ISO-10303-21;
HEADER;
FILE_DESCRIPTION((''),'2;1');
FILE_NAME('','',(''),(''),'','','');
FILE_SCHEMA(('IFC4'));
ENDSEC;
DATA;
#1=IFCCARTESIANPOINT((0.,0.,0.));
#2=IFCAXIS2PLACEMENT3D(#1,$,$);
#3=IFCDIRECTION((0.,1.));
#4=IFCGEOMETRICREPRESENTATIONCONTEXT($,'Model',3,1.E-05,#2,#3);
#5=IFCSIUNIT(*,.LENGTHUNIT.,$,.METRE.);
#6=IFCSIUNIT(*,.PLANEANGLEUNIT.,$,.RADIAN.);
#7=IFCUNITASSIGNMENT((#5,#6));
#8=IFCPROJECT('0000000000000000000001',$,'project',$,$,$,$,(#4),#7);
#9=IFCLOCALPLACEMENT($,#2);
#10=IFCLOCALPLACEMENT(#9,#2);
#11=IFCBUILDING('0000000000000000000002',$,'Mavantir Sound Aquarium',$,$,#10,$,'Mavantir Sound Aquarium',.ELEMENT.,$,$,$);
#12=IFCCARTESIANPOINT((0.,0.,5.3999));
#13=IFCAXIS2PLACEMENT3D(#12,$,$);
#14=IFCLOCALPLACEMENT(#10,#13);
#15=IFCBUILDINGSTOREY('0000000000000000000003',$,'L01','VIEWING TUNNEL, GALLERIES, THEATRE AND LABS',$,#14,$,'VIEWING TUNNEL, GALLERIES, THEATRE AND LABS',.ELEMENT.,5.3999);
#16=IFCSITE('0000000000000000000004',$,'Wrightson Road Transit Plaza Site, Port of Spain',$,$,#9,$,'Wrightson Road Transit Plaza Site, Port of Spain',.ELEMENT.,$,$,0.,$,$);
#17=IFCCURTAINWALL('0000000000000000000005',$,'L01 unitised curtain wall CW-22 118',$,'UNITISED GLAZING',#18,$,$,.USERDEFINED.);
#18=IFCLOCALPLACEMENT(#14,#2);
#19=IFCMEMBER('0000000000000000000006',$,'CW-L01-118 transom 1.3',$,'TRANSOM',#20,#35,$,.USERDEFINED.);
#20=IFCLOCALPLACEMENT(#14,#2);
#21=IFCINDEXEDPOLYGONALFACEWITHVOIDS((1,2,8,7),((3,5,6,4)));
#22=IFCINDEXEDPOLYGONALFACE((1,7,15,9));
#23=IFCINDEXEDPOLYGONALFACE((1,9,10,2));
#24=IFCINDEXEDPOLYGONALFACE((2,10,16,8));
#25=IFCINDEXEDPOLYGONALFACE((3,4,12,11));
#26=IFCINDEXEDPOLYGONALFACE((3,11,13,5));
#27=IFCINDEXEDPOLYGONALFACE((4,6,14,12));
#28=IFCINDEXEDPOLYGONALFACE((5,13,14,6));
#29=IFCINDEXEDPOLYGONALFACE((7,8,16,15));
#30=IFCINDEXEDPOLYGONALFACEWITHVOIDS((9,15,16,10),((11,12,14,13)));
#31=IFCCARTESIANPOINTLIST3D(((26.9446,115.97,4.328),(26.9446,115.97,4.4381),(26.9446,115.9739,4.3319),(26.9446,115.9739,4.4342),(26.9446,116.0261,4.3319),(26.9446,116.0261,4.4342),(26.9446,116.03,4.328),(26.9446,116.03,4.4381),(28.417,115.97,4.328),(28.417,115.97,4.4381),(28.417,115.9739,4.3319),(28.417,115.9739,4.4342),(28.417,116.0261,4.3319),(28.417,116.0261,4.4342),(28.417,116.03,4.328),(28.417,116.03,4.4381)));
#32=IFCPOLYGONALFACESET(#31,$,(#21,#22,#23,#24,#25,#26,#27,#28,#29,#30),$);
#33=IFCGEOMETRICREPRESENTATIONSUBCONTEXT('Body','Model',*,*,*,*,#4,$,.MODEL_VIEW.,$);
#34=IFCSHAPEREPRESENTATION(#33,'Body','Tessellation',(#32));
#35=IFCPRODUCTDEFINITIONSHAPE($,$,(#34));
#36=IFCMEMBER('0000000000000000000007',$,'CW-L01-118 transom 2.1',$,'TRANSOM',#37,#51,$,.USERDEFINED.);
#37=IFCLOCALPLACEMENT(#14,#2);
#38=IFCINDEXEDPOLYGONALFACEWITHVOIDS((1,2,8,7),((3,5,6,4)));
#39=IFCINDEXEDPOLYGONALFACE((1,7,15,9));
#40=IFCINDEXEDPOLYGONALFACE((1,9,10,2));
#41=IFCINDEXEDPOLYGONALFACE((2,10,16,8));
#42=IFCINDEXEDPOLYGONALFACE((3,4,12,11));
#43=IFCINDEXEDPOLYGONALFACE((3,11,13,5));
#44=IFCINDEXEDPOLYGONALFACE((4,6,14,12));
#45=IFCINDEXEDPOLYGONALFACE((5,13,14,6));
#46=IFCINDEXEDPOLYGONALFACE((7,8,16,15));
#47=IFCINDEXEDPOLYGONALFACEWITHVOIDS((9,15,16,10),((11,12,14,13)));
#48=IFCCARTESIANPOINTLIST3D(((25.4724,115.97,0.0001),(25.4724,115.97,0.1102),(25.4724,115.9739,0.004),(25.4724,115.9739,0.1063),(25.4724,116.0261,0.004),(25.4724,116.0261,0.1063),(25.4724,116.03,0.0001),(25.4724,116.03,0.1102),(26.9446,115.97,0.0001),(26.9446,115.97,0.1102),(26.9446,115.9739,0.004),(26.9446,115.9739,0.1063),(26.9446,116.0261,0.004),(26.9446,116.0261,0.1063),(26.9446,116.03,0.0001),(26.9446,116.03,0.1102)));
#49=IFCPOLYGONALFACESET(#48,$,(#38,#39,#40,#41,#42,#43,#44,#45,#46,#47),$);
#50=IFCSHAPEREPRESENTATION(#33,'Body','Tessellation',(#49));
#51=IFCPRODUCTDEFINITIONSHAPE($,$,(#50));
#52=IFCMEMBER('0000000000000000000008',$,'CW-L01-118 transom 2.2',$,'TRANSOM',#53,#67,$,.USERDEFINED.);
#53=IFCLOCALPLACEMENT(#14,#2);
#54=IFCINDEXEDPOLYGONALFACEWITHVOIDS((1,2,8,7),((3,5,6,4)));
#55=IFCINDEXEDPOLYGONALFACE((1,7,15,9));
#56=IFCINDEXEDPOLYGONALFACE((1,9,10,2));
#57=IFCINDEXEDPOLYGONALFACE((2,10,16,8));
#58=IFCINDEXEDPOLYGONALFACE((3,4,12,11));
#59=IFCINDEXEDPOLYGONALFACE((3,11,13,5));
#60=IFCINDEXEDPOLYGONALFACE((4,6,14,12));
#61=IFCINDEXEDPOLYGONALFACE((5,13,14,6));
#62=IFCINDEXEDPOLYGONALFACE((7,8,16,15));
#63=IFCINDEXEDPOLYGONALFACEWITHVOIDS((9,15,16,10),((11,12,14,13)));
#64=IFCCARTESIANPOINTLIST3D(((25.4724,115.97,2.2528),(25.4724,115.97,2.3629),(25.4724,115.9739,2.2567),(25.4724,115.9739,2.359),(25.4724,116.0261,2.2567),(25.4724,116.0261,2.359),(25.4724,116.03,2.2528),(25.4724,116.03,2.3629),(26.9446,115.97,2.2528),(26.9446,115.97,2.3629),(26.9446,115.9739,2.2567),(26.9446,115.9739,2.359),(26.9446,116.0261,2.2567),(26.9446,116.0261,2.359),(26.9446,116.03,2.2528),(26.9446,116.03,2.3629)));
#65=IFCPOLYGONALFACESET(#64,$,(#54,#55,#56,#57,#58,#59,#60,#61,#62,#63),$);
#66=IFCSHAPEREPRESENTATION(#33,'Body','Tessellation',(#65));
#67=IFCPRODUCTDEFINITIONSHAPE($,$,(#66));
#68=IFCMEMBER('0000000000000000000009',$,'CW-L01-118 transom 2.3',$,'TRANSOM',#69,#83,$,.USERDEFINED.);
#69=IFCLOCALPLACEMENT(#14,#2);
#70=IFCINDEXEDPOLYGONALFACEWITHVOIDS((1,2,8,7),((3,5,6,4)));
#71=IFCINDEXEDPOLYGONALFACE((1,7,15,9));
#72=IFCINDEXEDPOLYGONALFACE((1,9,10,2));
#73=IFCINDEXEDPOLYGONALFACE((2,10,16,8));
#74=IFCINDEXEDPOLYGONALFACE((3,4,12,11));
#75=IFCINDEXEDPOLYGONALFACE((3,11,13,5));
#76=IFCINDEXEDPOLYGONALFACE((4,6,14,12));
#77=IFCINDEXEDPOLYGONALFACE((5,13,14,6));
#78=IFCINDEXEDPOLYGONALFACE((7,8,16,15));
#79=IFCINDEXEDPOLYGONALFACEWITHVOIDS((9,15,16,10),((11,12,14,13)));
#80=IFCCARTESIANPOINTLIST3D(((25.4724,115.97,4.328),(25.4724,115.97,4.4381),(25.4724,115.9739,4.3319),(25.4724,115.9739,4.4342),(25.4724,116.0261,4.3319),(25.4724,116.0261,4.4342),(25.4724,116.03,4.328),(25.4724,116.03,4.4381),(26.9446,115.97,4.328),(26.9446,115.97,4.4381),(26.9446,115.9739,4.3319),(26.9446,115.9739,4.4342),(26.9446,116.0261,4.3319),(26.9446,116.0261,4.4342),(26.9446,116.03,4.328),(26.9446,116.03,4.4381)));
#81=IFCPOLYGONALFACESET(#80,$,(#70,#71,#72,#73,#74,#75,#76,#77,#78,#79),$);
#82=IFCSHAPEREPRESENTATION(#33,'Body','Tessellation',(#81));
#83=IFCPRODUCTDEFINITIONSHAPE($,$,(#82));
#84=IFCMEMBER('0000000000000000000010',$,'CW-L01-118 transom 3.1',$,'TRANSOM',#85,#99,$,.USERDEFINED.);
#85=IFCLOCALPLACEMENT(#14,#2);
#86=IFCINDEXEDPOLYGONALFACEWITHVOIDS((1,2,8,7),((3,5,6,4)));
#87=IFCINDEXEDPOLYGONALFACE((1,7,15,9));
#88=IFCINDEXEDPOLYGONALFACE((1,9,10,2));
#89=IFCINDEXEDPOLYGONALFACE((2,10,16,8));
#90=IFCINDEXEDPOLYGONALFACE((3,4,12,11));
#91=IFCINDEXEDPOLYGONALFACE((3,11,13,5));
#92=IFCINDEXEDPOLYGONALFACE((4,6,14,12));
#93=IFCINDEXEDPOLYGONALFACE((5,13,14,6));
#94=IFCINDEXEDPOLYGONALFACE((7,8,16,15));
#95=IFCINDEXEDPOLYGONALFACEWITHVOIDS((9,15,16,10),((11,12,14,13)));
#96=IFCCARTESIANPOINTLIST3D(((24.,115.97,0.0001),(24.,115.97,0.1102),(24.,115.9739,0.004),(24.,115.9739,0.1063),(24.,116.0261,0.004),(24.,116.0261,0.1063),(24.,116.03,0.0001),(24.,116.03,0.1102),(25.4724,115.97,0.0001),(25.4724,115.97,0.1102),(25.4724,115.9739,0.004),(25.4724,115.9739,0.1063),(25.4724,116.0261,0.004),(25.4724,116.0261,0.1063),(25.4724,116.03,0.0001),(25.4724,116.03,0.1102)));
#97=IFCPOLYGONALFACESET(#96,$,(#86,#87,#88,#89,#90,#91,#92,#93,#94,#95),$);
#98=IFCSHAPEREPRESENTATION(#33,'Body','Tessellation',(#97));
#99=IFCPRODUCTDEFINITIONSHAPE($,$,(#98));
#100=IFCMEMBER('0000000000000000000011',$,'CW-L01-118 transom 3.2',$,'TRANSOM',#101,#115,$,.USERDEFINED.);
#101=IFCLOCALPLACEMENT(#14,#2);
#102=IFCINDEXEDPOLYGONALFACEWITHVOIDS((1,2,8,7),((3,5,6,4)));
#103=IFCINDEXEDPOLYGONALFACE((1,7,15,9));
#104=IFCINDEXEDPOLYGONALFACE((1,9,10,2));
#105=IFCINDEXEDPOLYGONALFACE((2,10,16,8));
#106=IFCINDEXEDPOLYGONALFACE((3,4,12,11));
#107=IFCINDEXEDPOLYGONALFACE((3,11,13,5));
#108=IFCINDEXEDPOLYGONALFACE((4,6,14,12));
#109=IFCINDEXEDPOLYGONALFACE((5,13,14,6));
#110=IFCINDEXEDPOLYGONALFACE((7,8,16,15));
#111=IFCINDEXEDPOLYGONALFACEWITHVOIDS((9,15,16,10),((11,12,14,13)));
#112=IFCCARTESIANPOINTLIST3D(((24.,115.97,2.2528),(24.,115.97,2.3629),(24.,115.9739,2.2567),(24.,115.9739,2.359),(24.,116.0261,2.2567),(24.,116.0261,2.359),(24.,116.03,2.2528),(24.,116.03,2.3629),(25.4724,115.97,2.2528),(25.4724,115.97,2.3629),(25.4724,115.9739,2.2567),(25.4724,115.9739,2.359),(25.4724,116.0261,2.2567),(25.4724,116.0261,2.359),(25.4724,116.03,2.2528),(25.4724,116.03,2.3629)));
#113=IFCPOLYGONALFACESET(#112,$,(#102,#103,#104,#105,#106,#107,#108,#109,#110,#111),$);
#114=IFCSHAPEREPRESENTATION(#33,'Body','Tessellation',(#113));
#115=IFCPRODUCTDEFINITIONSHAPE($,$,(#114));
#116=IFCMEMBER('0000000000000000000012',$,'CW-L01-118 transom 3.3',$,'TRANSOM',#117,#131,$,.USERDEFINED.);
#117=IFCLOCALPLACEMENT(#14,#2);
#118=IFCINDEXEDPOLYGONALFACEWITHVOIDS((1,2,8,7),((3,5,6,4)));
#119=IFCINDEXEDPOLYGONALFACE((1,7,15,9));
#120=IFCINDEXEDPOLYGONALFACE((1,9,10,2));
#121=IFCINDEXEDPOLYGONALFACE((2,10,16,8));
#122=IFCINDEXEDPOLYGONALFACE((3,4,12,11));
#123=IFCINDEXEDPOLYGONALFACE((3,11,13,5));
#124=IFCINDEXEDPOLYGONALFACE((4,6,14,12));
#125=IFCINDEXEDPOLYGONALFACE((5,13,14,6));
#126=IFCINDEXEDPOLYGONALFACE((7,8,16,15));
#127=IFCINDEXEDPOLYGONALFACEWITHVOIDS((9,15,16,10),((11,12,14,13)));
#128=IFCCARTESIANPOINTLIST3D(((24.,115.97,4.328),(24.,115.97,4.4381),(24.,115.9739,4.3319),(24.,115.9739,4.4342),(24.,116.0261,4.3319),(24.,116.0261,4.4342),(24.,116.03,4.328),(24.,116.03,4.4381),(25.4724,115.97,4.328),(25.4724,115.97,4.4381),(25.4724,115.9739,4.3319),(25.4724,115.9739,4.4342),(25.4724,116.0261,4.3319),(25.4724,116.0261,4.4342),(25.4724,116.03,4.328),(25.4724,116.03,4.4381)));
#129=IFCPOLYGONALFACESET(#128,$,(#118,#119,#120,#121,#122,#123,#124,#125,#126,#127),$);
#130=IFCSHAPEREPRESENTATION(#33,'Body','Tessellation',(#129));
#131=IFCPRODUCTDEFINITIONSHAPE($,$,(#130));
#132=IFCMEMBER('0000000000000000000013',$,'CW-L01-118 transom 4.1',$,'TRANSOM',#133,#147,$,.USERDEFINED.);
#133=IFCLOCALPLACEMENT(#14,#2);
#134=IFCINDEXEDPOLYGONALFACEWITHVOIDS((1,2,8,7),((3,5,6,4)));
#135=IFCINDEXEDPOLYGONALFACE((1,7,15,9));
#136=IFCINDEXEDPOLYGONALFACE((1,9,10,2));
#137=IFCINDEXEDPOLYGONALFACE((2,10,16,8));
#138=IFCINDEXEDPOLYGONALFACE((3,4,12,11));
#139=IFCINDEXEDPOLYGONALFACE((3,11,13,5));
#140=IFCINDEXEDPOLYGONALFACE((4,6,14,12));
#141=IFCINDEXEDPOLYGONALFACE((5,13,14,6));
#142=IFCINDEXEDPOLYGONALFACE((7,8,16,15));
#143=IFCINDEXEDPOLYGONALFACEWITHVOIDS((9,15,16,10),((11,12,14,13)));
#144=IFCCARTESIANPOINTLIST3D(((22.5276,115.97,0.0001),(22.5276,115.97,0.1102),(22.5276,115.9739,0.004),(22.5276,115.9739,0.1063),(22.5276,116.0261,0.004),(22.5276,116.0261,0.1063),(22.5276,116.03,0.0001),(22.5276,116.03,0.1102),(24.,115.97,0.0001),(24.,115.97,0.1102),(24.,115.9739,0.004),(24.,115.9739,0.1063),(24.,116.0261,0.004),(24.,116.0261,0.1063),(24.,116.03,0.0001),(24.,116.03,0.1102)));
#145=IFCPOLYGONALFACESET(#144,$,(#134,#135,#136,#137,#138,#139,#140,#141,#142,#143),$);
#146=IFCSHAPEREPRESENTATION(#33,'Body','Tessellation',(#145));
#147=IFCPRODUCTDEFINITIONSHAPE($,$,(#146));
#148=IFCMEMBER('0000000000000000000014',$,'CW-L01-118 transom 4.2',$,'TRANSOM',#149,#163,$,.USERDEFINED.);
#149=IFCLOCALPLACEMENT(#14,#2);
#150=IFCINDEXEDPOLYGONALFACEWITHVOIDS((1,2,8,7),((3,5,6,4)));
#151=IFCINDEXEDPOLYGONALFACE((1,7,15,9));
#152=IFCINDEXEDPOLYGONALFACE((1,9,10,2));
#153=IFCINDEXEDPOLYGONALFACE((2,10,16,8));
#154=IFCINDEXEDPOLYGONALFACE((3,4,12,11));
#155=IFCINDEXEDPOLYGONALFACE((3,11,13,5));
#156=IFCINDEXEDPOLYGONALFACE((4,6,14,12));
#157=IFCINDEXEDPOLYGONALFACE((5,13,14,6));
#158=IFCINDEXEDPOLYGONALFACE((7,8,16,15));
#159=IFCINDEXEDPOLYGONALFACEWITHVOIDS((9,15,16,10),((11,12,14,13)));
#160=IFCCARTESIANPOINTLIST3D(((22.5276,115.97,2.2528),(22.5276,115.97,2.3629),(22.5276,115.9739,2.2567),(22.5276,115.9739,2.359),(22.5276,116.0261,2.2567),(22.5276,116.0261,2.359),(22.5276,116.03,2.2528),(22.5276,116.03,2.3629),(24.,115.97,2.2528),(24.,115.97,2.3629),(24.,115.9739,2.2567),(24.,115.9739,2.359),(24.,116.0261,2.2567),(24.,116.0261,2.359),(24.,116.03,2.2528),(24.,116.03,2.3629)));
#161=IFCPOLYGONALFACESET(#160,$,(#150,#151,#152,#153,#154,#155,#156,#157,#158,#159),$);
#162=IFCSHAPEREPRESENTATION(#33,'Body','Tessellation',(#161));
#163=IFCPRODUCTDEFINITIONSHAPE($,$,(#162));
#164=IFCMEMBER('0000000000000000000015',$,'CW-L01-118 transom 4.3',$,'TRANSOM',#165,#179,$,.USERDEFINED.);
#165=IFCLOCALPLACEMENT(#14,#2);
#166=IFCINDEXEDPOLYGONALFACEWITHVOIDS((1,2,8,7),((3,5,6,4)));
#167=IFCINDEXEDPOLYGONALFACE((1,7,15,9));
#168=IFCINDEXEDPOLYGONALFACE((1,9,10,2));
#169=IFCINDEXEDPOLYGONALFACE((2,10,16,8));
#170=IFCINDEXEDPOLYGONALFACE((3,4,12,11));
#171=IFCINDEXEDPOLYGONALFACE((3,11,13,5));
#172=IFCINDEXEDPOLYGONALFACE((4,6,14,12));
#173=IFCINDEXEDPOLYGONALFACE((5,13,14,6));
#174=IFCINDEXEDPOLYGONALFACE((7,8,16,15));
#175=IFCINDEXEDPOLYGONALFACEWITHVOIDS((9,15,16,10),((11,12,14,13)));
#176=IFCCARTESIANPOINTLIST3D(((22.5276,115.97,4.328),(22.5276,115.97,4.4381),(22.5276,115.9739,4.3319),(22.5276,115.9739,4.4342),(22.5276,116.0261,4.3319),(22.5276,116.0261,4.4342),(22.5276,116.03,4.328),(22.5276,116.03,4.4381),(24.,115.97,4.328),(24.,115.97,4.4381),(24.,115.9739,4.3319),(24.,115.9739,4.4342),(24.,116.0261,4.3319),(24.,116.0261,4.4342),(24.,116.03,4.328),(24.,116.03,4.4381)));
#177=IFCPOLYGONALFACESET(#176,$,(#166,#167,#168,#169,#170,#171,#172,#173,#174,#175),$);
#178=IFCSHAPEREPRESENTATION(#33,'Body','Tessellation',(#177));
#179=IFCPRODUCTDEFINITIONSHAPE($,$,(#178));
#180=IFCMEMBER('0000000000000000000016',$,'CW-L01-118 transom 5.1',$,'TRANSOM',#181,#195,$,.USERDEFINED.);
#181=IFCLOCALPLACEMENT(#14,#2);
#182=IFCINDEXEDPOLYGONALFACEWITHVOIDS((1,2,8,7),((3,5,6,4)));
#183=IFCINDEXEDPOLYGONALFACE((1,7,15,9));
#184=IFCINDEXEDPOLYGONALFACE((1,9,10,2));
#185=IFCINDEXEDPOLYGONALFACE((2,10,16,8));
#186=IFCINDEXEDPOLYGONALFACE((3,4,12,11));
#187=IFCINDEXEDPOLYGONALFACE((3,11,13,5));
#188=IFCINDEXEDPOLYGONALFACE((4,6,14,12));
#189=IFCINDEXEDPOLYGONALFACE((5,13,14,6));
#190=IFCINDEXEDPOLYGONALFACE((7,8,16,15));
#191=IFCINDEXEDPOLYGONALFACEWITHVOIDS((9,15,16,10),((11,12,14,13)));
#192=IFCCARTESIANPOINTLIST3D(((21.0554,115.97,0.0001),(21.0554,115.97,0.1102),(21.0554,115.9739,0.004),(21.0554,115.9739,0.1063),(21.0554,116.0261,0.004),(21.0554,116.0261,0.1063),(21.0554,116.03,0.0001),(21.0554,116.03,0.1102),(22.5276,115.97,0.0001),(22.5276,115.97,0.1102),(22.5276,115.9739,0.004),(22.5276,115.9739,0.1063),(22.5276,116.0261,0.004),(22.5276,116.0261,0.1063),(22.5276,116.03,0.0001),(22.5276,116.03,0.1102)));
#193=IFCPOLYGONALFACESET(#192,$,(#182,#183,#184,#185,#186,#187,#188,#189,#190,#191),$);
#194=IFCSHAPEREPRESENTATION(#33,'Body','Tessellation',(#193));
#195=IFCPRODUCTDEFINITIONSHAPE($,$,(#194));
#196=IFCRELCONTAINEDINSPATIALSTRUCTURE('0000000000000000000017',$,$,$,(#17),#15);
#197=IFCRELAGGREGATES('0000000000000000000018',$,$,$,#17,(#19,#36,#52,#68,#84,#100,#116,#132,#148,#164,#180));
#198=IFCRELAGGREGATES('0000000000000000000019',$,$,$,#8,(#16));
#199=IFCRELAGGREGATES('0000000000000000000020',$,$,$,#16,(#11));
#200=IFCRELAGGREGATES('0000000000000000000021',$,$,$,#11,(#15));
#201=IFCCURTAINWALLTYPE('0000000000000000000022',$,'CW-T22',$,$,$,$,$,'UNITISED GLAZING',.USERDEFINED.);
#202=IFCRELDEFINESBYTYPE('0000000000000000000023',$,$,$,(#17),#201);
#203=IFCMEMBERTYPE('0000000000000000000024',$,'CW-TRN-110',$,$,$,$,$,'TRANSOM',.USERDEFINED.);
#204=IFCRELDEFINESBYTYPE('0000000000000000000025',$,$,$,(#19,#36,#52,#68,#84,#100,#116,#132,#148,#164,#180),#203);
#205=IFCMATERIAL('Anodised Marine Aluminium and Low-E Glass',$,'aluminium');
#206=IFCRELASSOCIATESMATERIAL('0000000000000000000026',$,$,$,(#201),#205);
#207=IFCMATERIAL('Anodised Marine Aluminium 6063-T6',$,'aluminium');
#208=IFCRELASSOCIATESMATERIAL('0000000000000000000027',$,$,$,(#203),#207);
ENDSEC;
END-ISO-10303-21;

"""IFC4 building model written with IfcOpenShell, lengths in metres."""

from ifc_helpers import new_model, si_unit, direction, frame, origin, origin_2d, place, context, subcontext, project, spatial, hollow_rectangle, extrude, material, material_profile, profile_set, type_object, element, aggregate, save


model = new_model("IFC4")

# Units and contexts
model_context = context("Model", 3, precision=1e-05, world=origin(), true_north=direction((0.0, 1.0)))
body_context = subcontext(model_context, "Body", "Model", "MODEL_VIEW")
ifc_project = project(units=[si_unit("LENGTHUNIT", "METRE"), si_unit("PLANEANGLEUNIT", "RADIAN")], contexts=[model_context])

# Site, building, storey
site_placement = place(None, origin())
site = spatial("IfcSite", under=ifc_project, at=site_placement, Name="Wrightson Road Transit Plaza Site, Port of Spain", LongName="Wrightson Road Transit Plaza Site, Port of Spain", CompositionType="ELEMENT", RefElevation=0.0)
building_placement = place(site_placement, origin())
building = spatial("IfcBuilding", under=site, at=building_placement, Name="Mavantir Sound Aquarium", LongName="Mavantir Sound Aquarium", CompositionType="ELEMENT")
storey_placement = place(building_placement, frame((0.0, 0.0, 5.3999)))
storey = spatial("IfcBuildingStorey", under=building, at=storey_placement, Name="L01", Description="VIEWING TUNNEL, GALLERIES, THEATRE AND LABS", LongName="VIEWING TUNNEL, GALLERIES, THEATRE AND LABS", CompositionType="ELEMENT", Elevation=5.3999)

# Curtain wall, members
ifc_material_1 = material(Name="Anodised Marine Aluminium and Low-E Glass", Category="aluminium")
curtain_wall_type = type_object("IfcCurtainWallType", Name="CW-T22", ElementType="UNITISED GLAZING", PredefinedType="USERDEFINED", material=ifc_material_1)
curtain_wall_placement = place(storey_placement, origin())
curtain_wall = element("IfcCurtainWall", 1, at=curtain_wall_placement, inside=storey, type_object=curtain_wall_type, Name="L01 unitised curtain wall CW-22 118", ObjectType="UNITISED GLAZING", PredefinedType="USERDEFINED")
ifc_material_2 = material(Name="Anodised Marine Aluminium 6063-T6", Category="aluminium")
ifc_material_profile_1 = material_profile(ifc_material_2, hollow_rectangle(XDim=0.0601, YDim=0.1101, WallThickness=0.0039, at=origin_2d()), Name="ALU-TRANSOM-110X60")
ifc_profile_set_1 = profile_set([ifc_material_profile_1], Name="Anodised Marine Aluminium 6063-T6")
member_type_1 = type_object("IfcMemberType", Name="CW-TRN-110", ElementType="TRANSOM", PredefinedType="USERDEFINED", material=ifc_profile_set_1)
member_1_placement = place(storey_placement, frame((28.417, 116.0, 4.3831), z_axis=(-1.0, 0.0, 0.0), x_axis=(0.0, -1.0, 0.0)))
member_1 = element("IfcMember", 2, at=member_1_placement, type_object=member_type_1, Name="CW-L01-118 transom 1.3", ObjectType="TRANSOM", PredefinedType="USERDEFINED", context=body_context, shape_type="SweptSolid", body=[
    extrude(hollow_rectangle(XDim=0.0601, YDim=0.1101, WallThickness=0.0039, at=origin_2d()), origin(), (0.0, 0.0, 1.0), 1.4724),
])
member_2_placement = place(storey_placement, frame((26.9446, 116.0, 0.0552), z_axis=(-1.0, 0.0, 0.0), x_axis=(0.0, -1.0, 0.0)))
member_2 = element("IfcMember", 3, at=member_2_placement, type_object=member_type_1, Name="CW-L01-118 transom 2.1", ObjectType="TRANSOM", PredefinedType="USERDEFINED", context=body_context, shape_type="SweptSolid", body=[
    extrude(hollow_rectangle(XDim=0.0601, YDim=0.1101, WallThickness=0.0039, at=origin_2d()), origin(), (0.0, 0.0, 1.0), 1.4722),
])
member_3_placement = place(storey_placement, frame((26.9446, 116.0, 2.3079), z_axis=(-1.0, 0.0, 0.0), x_axis=(0.0, -1.0, 0.0)))
member_3 = element("IfcMember", 4, at=member_3_placement, type_object=member_type_1, Name="CW-L01-118 transom 2.2", ObjectType="TRANSOM", PredefinedType="USERDEFINED", context=body_context, shape_type="SweptSolid", body=[
    extrude(hollow_rectangle(XDim=0.0601, YDim=0.1101, WallThickness=0.0039, at=origin_2d()), origin(), (0.0, 0.0, 1.0), 1.4722),
])
member_4_placement = place(storey_placement, frame((26.9446, 116.0, 4.3831), z_axis=(-1.0, 0.0, 0.0), x_axis=(0.0, -1.0, 0.0)))
member_4 = element("IfcMember", 5, at=member_4_placement, type_object=member_type_1, Name="CW-L01-118 transom 2.3", ObjectType="TRANSOM", PredefinedType="USERDEFINED", context=body_context, shape_type="SweptSolid", body=[
    extrude(hollow_rectangle(XDim=0.0601, YDim=0.1101, WallThickness=0.0039, at=origin_2d()), origin(), (0.0, 0.0, 1.0), 1.4722),
])
member_5_placement = place(storey_placement, frame((25.4724, 116.0, 0.0552), z_axis=(-1.0, 0.0, 0.0), x_axis=(0.0, -1.0, 0.0)))
member_5 = element("IfcMember", 6, at=member_5_placement, type_object=member_type_1, Name="CW-L01-118 transom 3.1", ObjectType="TRANSOM", PredefinedType="USERDEFINED", context=body_context, shape_type="SweptSolid", body=[
    extrude(hollow_rectangle(XDim=0.0601, YDim=0.1101, WallThickness=0.0039, at=origin_2d()), origin(), (0.0, 0.0, 1.0), 1.4724),
])
member_6_placement = place(storey_placement, frame((25.4724, 116.0, 2.3079), z_axis=(-1.0, 0.0, 0.0), x_axis=(0.0, -1.0, 0.0)))
member_6 = element("IfcMember", 7, at=member_6_placement, type_object=member_type_1, Name="CW-L01-118 transom 3.2", ObjectType="TRANSOM", PredefinedType="USERDEFINED", context=body_context, shape_type="SweptSolid", body=[
    extrude(hollow_rectangle(XDim=0.0601, YDim=0.1101, WallThickness=0.0039, at=origin_2d()), origin(), (0.0, 0.0, 1.0), 1.4724),
])
member_7_placement = place(storey_placement, frame((25.4724, 116.0, 4.3831), z_axis=(-1.0, 0.0, 0.0), x_axis=(0.0, -1.0, 0.0)))
member_7 = element("IfcMember", 8, at=member_7_placement, type_object=member_type_1, Name="CW-L01-118 transom 3.3", ObjectType="TRANSOM", PredefinedType="USERDEFINED", context=body_context, shape_type="SweptSolid", body=[
    extrude(hollow_rectangle(XDim=0.0601, YDim=0.1101, WallThickness=0.0039, at=origin_2d()), origin(), (0.0, 0.0, 1.0), 1.4724),
])
member_8_placement = place(storey_placement, frame((24.0, 116.0, 0.0552), z_axis=(-1.0, 0.0, 0.0), x_axis=(0.0, -1.0, 0.0)))
member_8 = element("IfcMember", 9, at=member_8_placement, type_object=member_type_1, Name="CW-L01-118 transom 4.1", ObjectType="TRANSOM", PredefinedType="USERDEFINED", context=body_context, shape_type="SweptSolid", body=[
    extrude(hollow_rectangle(XDim=0.0601, YDim=0.1101, WallThickness=0.0039, at=origin_2d()), origin(), (0.0, 0.0, 1.0), 1.4724),
])
member_9_placement = place(storey_placement, frame((24.0, 116.0, 2.3079), z_axis=(-1.0, 0.0, 0.0), x_axis=(0.0, -1.0, 0.0)))
member_9 = element("IfcMember", 10, at=member_9_placement, type_object=member_type_1, Name="CW-L01-118 transom 4.2", ObjectType="TRANSOM", PredefinedType="USERDEFINED", context=body_context, shape_type="SweptSolid", body=[
    extrude(hollow_rectangle(XDim=0.0601, YDim=0.1101, WallThickness=0.0039, at=origin_2d()), origin(), (0.0, 0.0, 1.0), 1.4724),
])
member_10_placement = place(storey_placement, frame((24.0, 116.0, 4.3831), z_axis=(-1.0, 0.0, 0.0), x_axis=(0.0, -1.0, 0.0)))
member_10 = element("IfcMember", 11, at=member_10_placement, type_object=member_type_1, Name="CW-L01-118 transom 4.3", ObjectType="TRANSOM", PredefinedType="USERDEFINED", context=body_context, shape_type="SweptSolid", body=[
    extrude(hollow_rectangle(XDim=0.0601, YDim=0.1101, WallThickness=0.0039, at=origin_2d()), origin(), (0.0, 0.0, 1.0), 1.4724),
])
member_11_placement = place(storey_placement, frame((22.5276, 116.0, 0.0552), z_axis=(-1.0, 0.0, 0.0), x_axis=(0.0, -1.0, 0.0)))
member_11 = element("IfcMember", 12, at=member_11_placement, type_object=member_type_1, Name="CW-L01-118 transom 5.1", ObjectType="TRANSOM", PredefinedType="USERDEFINED", context=body_context, shape_type="SweptSolid", body=[
    extrude(hollow_rectangle(XDim=0.0601, YDim=0.1101, WallThickness=0.0039, at=origin_2d()), origin(), (0.0, 0.0, 1.0), 1.4722),
])
aggregate(curtain_wall, [member_1, member_2, member_3, member_4, member_5, member_6, member_7, member_8, member_9, member_10, member_11])

save(model, "model.ifc")
